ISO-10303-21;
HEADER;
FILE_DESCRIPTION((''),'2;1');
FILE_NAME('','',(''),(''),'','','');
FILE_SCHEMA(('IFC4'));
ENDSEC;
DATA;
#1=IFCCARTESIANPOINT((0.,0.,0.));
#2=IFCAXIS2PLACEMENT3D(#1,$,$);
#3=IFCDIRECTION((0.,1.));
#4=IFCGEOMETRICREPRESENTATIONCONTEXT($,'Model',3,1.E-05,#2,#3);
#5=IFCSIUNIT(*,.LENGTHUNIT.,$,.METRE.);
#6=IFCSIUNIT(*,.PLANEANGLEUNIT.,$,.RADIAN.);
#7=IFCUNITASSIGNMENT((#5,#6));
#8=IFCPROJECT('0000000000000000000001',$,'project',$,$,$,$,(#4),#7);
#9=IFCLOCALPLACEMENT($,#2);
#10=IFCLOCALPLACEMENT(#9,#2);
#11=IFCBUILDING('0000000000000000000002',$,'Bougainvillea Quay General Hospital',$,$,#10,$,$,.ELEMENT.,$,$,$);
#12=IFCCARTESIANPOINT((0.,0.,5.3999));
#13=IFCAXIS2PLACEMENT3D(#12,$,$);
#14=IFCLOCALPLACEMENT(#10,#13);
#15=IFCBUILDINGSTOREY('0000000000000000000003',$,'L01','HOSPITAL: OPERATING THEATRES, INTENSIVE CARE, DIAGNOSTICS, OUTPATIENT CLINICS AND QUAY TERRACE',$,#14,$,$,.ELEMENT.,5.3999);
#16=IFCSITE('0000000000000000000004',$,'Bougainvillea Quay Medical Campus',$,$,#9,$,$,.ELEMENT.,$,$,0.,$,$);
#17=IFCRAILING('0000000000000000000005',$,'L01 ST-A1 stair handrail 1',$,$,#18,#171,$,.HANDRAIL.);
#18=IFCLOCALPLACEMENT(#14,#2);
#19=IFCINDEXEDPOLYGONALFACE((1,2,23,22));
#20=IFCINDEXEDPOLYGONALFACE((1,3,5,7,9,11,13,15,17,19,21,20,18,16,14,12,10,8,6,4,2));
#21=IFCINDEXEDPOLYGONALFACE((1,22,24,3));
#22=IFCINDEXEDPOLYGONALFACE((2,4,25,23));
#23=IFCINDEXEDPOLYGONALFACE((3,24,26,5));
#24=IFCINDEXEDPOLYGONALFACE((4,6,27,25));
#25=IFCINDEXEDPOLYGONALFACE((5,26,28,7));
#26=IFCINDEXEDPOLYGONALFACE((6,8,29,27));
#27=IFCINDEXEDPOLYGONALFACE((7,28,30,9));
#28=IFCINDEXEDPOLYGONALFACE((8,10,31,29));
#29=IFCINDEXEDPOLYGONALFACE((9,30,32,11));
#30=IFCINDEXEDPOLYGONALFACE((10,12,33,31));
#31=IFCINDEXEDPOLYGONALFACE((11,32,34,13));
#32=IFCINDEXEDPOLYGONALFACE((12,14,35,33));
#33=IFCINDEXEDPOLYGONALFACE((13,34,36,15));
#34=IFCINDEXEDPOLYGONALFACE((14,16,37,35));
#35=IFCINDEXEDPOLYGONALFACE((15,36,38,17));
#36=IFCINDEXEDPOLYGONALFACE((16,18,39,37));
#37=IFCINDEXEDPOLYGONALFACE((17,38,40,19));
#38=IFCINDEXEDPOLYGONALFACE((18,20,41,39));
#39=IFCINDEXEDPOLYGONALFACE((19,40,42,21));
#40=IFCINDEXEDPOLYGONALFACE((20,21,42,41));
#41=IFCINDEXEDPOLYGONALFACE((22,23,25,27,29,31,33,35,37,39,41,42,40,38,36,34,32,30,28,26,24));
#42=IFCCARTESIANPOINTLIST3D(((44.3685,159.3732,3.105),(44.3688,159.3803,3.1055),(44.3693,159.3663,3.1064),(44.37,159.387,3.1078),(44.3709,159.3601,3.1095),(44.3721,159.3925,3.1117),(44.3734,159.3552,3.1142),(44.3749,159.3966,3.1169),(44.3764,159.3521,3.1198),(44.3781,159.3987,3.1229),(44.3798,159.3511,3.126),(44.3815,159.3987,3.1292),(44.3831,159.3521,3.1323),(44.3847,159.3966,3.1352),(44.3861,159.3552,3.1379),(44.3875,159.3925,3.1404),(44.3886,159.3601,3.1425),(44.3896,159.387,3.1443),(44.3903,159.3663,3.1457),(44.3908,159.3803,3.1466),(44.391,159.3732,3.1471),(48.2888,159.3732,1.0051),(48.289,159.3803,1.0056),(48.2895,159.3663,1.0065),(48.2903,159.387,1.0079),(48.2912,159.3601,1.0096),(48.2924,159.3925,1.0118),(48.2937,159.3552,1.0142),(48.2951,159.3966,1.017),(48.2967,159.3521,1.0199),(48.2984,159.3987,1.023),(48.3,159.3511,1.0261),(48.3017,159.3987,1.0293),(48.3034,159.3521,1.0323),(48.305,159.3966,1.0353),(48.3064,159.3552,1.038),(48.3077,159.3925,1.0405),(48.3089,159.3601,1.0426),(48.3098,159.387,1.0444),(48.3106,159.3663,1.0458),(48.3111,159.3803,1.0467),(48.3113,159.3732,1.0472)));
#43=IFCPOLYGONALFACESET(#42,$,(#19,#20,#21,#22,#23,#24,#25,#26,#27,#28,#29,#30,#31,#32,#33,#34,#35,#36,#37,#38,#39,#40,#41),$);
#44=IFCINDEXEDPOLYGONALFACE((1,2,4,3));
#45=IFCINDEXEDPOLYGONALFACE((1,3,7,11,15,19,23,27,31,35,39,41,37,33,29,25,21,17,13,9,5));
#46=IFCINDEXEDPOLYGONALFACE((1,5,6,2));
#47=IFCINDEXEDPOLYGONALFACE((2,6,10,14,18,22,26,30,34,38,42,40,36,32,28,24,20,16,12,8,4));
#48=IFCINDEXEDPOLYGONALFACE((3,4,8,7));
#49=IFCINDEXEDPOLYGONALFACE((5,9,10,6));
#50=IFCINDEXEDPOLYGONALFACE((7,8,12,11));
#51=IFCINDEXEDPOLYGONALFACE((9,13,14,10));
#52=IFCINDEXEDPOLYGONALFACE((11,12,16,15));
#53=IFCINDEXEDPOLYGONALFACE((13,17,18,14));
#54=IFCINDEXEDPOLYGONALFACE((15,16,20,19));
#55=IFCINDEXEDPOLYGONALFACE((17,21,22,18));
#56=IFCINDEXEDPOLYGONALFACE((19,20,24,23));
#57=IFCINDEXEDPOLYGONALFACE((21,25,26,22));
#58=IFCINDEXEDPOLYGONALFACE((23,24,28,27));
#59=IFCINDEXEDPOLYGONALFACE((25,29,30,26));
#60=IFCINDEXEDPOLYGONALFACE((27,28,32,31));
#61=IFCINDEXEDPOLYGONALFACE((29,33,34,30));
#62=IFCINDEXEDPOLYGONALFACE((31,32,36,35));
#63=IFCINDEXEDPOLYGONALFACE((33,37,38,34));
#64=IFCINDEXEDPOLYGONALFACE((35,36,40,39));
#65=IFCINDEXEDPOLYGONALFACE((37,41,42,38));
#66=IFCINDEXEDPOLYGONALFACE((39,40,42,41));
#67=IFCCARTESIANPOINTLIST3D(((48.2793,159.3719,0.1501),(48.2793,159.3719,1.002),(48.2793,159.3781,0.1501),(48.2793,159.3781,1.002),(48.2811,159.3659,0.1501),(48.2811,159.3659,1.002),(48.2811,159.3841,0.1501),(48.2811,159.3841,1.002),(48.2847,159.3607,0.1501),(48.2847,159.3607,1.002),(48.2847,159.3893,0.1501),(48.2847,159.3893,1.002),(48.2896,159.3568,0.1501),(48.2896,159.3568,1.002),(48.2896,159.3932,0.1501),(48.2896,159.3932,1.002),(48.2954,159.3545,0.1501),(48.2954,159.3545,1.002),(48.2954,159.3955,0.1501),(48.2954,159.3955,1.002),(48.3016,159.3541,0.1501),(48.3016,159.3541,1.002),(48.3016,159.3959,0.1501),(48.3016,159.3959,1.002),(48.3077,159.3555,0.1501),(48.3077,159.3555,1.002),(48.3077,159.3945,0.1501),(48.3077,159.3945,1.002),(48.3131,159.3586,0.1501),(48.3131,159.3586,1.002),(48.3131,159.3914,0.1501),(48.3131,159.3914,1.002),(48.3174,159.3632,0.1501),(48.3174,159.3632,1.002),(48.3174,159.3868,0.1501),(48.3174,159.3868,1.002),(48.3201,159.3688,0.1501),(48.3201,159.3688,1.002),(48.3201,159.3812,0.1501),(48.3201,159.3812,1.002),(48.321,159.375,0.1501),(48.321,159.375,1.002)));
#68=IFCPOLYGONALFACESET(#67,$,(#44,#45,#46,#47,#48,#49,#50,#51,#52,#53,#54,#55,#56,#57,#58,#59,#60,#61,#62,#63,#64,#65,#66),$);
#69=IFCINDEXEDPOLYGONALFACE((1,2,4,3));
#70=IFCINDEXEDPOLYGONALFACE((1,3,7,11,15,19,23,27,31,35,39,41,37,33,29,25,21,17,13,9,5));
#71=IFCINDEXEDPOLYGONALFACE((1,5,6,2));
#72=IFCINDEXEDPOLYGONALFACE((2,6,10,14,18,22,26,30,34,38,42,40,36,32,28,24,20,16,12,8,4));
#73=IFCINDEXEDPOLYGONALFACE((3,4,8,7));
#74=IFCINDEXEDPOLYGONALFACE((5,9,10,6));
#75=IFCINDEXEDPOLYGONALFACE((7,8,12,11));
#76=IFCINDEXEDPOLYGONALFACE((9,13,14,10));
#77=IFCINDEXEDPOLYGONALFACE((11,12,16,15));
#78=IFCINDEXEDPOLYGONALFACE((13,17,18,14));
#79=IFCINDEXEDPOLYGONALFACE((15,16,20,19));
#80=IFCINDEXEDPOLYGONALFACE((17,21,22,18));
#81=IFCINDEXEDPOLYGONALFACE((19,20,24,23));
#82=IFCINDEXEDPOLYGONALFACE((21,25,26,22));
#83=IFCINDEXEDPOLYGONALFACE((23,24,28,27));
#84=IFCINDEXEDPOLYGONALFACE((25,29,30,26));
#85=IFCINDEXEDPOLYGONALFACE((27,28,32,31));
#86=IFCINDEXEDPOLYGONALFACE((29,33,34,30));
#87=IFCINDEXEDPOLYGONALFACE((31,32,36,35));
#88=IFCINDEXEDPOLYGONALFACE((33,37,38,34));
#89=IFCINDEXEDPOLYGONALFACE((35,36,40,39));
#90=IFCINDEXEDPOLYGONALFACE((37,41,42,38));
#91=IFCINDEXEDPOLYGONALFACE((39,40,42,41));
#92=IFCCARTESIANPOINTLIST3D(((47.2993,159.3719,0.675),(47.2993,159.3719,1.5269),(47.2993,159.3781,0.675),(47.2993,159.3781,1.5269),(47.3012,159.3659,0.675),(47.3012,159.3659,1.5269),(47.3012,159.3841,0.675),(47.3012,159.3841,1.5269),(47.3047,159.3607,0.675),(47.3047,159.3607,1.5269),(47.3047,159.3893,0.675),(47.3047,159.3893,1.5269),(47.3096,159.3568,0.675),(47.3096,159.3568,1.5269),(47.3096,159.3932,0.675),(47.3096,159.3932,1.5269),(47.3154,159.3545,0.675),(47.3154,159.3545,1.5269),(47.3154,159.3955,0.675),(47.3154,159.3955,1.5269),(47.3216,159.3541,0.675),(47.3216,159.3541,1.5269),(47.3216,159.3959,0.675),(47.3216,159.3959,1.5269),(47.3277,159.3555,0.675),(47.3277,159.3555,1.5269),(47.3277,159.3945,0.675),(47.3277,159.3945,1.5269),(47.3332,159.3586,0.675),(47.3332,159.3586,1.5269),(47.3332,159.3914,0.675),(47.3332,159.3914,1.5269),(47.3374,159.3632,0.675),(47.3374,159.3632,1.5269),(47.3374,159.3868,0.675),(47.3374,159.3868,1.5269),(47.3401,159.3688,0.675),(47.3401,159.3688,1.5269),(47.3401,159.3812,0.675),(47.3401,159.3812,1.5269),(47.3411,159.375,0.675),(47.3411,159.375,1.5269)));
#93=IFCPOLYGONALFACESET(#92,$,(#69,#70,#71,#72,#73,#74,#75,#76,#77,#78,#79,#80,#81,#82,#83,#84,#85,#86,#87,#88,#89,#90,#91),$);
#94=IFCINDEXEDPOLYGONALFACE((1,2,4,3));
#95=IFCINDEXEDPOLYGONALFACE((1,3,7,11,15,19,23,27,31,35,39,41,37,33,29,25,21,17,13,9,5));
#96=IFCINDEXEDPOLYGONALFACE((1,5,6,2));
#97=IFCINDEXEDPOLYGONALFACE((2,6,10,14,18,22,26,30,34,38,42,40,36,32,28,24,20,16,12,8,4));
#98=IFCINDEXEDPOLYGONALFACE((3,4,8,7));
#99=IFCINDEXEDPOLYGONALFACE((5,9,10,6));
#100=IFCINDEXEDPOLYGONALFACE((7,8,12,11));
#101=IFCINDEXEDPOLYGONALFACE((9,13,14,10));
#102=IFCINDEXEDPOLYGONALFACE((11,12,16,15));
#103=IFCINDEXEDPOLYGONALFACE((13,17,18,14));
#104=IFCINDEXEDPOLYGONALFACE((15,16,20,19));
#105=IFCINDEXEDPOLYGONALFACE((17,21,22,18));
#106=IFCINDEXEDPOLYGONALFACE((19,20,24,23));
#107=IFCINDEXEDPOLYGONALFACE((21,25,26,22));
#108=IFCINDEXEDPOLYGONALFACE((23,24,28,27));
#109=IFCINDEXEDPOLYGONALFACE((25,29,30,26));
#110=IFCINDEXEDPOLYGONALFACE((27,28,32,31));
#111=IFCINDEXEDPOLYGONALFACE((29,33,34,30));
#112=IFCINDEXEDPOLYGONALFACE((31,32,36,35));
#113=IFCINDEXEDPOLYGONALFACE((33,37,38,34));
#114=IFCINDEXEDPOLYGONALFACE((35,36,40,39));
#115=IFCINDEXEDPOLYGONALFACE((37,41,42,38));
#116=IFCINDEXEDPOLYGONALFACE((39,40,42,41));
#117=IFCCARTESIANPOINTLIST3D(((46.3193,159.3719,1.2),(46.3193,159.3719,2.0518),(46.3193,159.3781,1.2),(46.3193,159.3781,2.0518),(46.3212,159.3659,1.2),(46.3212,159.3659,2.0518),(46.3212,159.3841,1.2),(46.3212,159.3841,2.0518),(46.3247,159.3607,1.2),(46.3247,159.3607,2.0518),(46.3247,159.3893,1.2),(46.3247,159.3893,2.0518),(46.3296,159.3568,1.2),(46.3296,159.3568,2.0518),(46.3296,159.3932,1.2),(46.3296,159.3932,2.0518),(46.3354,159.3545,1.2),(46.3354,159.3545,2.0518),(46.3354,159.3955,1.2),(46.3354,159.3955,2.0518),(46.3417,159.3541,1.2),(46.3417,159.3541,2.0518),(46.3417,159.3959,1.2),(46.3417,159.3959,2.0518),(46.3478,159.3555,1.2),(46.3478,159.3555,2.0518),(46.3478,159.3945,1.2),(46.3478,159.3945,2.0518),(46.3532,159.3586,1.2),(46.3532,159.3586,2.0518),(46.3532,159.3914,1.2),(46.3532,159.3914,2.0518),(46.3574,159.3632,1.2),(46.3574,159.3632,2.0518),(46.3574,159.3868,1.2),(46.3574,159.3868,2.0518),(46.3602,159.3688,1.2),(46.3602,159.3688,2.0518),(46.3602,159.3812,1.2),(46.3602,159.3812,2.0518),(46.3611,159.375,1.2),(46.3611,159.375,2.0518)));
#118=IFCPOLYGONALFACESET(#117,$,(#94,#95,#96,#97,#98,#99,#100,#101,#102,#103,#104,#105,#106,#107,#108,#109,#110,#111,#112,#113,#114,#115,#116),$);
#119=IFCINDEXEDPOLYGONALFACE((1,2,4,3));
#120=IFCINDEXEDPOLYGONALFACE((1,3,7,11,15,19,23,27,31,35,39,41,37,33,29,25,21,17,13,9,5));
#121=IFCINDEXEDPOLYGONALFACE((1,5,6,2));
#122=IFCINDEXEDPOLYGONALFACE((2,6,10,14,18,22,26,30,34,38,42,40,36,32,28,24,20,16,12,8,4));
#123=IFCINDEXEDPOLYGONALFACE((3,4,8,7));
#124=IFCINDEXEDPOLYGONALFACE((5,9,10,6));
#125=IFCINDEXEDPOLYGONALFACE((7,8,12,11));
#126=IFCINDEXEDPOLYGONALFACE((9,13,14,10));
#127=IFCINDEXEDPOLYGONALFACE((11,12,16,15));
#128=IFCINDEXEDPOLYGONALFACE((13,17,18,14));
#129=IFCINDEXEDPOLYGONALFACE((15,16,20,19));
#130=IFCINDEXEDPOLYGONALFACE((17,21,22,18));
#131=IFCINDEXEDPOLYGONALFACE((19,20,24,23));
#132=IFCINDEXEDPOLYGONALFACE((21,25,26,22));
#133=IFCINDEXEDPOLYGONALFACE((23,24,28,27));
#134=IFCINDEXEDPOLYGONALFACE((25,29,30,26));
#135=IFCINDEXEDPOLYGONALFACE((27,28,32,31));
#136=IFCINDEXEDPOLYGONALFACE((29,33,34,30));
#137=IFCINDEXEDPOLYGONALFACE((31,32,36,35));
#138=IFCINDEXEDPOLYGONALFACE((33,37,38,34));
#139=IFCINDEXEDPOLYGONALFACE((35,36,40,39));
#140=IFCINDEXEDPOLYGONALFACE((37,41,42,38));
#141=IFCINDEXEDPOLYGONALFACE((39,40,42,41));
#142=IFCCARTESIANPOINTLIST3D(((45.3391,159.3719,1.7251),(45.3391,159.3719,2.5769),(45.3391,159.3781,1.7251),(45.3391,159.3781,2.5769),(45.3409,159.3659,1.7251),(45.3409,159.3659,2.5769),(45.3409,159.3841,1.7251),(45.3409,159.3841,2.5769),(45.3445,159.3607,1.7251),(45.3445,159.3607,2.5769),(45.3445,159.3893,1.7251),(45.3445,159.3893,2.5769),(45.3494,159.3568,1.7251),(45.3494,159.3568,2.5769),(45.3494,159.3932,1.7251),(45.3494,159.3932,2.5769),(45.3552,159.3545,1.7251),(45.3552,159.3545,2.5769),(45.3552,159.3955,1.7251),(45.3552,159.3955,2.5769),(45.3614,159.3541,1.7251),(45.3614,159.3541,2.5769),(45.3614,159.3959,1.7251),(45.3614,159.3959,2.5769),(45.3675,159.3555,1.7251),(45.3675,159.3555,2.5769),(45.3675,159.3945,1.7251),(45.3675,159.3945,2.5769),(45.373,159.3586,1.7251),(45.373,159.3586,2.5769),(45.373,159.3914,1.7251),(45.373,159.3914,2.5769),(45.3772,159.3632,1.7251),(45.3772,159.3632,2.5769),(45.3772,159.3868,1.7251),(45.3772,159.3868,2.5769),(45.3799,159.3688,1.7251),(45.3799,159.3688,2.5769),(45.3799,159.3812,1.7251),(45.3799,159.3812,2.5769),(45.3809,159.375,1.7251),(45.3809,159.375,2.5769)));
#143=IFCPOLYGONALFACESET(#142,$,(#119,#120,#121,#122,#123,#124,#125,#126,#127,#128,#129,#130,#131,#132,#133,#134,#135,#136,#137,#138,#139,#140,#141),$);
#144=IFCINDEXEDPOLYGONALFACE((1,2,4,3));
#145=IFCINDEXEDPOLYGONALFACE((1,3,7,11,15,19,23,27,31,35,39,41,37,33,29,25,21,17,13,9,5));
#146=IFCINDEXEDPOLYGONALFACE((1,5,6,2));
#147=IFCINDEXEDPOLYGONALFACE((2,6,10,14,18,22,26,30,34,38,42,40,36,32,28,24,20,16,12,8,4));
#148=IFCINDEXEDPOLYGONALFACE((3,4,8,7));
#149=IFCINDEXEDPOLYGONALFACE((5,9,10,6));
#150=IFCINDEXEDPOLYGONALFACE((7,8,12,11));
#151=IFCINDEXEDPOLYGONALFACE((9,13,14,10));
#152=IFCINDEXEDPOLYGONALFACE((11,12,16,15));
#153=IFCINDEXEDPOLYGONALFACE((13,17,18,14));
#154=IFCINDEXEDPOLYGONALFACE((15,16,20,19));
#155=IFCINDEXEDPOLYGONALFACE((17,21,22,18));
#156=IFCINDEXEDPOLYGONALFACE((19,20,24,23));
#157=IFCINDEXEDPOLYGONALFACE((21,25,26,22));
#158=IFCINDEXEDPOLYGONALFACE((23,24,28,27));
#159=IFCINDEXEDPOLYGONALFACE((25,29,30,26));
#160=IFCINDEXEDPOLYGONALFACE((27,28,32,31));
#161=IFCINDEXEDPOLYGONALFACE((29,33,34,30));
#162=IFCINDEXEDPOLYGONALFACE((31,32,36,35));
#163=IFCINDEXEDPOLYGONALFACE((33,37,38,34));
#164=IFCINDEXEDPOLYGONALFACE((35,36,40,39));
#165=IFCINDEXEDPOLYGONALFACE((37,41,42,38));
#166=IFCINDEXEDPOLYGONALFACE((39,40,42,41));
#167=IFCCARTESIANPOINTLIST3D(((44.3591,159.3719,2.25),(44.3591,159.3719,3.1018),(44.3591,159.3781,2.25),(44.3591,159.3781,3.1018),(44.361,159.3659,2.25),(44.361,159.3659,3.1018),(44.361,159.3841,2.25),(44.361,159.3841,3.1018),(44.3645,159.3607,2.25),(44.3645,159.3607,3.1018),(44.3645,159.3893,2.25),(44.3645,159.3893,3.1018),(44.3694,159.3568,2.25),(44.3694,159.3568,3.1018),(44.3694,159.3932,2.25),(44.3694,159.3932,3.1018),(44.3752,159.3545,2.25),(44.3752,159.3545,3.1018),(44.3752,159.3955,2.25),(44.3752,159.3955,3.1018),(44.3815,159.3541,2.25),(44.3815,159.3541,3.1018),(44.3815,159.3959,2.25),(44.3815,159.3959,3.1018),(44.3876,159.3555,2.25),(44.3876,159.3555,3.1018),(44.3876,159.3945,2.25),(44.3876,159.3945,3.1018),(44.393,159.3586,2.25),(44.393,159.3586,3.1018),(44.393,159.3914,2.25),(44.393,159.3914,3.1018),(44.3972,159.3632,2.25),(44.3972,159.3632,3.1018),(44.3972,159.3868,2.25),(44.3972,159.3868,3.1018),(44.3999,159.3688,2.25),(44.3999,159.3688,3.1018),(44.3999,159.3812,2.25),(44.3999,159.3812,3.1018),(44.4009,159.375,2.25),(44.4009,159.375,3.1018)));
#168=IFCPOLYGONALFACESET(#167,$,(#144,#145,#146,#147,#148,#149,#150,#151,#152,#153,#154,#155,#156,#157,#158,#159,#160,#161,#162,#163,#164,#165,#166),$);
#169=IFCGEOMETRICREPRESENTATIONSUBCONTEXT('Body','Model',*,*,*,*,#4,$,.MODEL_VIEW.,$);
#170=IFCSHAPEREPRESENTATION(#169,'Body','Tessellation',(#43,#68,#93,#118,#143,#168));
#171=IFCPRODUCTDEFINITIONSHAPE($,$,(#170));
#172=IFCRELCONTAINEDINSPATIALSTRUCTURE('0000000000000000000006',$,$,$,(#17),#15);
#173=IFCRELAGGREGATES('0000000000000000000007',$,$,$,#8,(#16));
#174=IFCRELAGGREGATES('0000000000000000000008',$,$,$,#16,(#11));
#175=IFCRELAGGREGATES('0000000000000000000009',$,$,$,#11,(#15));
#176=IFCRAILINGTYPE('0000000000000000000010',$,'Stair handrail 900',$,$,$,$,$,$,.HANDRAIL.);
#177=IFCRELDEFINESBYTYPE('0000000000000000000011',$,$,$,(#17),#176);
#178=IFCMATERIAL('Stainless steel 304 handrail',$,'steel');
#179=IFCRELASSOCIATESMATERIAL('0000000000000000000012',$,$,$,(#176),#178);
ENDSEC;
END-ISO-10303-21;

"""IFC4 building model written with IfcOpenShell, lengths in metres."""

from ifc_helpers import new_model, si_unit, direction, frame, origin, origin_2d, place, context, subcontext, project, spatial, circle, extrude, material, type_object, element, save


model = new_model("IFC4")

# Units and contexts
model_context = context("Model", 3, precision=1e-05, world=origin(), true_north=direction((0.0, 1.0)))
body_context = subcontext(model_context, "Body", "Model", "MODEL_VIEW")
ifc_project = project(units=[si_unit("LENGTHUNIT", "METRE"), si_unit("PLANEANGLEUNIT", "RADIAN")], contexts=[model_context])

# Site, building, storey
site_placement = place(None, origin())
site = spatial("IfcSite", under=ifc_project, at=site_placement, Name="Bougainvillea Quay Medical Campus", CompositionType="ELEMENT", RefElevation=0.0)
building_placement = place(site_placement, origin())
building = spatial("IfcBuilding", under=site, at=building_placement, Name="Bougainvillea Quay General Hospital", CompositionType="ELEMENT")
storey_placement = place(building_placement, frame((0.0, 0.0, 5.3999)))
storey = spatial("IfcBuildingStorey", under=building, at=storey_placement, Name="L01", Description="HOSPITAL: OPERATING THEATRES, INTENSIVE CARE, DIAGNOSTICS, OUTPATIENT CLINICS AND QUAY TERRACE", CompositionType="ELEMENT", Elevation=5.3999)

# Railing
ifc_material_1 = material(Name="Stainless steel 304 handrail", Category="steel")
railing_type_1 = type_object("IfcRailingType", Name="Stair handrail 900", PredefinedType="HANDRAIL", material=ifc_material_1)
railing_1_placement = place(storey_placement, frame((48.3, 159.375, 0.1501)))
element("IfcRailing", 1, at=railing_1_placement, inside=storey, type_object=railing_type_1, Name="L01 ST-A1 stair handrail 1", PredefinedType="HANDRAIL", context=body_context, shape_type="SweptSolid", body=[
    extrude(circle(Radius=0.0239, at=origin_2d()), frame((0.0, 0.0, 0.876), z_axis=(-0.881502, 0.0, 0.47218), x_axis=(0.0, -1.0, 0.0)), (0.0, 0.0, 1.0), 4.4473),
    extrude(circle(Radius=0.021, at=origin_2d()), origin(), (0.0, 0.0, 1.0), 0.8518),
    extrude(circle(Radius=0.021, at=origin_2d()), frame((-0.98, 0.0, 0.5249)), (0.0, 0.0, 1.0), 0.8518),
    extrude(circle(Radius=0.021, at=origin_2d()), frame((-1.96, 0.0, 1.0498)), (0.0, 0.0, 1.0), 0.8518),
    extrude(circle(Radius=0.021, at=origin_2d()), frame((-2.9402, 0.0, 1.575)), (0.0, 0.0, 1.0), 0.8518),
    extrude(circle(Radius=0.021, at=origin_2d()), frame((-3.9202, 0.0, 2.0999)), (0.0, 0.0, 1.0), 0.8518),
])

save(model, "model.ifc")
